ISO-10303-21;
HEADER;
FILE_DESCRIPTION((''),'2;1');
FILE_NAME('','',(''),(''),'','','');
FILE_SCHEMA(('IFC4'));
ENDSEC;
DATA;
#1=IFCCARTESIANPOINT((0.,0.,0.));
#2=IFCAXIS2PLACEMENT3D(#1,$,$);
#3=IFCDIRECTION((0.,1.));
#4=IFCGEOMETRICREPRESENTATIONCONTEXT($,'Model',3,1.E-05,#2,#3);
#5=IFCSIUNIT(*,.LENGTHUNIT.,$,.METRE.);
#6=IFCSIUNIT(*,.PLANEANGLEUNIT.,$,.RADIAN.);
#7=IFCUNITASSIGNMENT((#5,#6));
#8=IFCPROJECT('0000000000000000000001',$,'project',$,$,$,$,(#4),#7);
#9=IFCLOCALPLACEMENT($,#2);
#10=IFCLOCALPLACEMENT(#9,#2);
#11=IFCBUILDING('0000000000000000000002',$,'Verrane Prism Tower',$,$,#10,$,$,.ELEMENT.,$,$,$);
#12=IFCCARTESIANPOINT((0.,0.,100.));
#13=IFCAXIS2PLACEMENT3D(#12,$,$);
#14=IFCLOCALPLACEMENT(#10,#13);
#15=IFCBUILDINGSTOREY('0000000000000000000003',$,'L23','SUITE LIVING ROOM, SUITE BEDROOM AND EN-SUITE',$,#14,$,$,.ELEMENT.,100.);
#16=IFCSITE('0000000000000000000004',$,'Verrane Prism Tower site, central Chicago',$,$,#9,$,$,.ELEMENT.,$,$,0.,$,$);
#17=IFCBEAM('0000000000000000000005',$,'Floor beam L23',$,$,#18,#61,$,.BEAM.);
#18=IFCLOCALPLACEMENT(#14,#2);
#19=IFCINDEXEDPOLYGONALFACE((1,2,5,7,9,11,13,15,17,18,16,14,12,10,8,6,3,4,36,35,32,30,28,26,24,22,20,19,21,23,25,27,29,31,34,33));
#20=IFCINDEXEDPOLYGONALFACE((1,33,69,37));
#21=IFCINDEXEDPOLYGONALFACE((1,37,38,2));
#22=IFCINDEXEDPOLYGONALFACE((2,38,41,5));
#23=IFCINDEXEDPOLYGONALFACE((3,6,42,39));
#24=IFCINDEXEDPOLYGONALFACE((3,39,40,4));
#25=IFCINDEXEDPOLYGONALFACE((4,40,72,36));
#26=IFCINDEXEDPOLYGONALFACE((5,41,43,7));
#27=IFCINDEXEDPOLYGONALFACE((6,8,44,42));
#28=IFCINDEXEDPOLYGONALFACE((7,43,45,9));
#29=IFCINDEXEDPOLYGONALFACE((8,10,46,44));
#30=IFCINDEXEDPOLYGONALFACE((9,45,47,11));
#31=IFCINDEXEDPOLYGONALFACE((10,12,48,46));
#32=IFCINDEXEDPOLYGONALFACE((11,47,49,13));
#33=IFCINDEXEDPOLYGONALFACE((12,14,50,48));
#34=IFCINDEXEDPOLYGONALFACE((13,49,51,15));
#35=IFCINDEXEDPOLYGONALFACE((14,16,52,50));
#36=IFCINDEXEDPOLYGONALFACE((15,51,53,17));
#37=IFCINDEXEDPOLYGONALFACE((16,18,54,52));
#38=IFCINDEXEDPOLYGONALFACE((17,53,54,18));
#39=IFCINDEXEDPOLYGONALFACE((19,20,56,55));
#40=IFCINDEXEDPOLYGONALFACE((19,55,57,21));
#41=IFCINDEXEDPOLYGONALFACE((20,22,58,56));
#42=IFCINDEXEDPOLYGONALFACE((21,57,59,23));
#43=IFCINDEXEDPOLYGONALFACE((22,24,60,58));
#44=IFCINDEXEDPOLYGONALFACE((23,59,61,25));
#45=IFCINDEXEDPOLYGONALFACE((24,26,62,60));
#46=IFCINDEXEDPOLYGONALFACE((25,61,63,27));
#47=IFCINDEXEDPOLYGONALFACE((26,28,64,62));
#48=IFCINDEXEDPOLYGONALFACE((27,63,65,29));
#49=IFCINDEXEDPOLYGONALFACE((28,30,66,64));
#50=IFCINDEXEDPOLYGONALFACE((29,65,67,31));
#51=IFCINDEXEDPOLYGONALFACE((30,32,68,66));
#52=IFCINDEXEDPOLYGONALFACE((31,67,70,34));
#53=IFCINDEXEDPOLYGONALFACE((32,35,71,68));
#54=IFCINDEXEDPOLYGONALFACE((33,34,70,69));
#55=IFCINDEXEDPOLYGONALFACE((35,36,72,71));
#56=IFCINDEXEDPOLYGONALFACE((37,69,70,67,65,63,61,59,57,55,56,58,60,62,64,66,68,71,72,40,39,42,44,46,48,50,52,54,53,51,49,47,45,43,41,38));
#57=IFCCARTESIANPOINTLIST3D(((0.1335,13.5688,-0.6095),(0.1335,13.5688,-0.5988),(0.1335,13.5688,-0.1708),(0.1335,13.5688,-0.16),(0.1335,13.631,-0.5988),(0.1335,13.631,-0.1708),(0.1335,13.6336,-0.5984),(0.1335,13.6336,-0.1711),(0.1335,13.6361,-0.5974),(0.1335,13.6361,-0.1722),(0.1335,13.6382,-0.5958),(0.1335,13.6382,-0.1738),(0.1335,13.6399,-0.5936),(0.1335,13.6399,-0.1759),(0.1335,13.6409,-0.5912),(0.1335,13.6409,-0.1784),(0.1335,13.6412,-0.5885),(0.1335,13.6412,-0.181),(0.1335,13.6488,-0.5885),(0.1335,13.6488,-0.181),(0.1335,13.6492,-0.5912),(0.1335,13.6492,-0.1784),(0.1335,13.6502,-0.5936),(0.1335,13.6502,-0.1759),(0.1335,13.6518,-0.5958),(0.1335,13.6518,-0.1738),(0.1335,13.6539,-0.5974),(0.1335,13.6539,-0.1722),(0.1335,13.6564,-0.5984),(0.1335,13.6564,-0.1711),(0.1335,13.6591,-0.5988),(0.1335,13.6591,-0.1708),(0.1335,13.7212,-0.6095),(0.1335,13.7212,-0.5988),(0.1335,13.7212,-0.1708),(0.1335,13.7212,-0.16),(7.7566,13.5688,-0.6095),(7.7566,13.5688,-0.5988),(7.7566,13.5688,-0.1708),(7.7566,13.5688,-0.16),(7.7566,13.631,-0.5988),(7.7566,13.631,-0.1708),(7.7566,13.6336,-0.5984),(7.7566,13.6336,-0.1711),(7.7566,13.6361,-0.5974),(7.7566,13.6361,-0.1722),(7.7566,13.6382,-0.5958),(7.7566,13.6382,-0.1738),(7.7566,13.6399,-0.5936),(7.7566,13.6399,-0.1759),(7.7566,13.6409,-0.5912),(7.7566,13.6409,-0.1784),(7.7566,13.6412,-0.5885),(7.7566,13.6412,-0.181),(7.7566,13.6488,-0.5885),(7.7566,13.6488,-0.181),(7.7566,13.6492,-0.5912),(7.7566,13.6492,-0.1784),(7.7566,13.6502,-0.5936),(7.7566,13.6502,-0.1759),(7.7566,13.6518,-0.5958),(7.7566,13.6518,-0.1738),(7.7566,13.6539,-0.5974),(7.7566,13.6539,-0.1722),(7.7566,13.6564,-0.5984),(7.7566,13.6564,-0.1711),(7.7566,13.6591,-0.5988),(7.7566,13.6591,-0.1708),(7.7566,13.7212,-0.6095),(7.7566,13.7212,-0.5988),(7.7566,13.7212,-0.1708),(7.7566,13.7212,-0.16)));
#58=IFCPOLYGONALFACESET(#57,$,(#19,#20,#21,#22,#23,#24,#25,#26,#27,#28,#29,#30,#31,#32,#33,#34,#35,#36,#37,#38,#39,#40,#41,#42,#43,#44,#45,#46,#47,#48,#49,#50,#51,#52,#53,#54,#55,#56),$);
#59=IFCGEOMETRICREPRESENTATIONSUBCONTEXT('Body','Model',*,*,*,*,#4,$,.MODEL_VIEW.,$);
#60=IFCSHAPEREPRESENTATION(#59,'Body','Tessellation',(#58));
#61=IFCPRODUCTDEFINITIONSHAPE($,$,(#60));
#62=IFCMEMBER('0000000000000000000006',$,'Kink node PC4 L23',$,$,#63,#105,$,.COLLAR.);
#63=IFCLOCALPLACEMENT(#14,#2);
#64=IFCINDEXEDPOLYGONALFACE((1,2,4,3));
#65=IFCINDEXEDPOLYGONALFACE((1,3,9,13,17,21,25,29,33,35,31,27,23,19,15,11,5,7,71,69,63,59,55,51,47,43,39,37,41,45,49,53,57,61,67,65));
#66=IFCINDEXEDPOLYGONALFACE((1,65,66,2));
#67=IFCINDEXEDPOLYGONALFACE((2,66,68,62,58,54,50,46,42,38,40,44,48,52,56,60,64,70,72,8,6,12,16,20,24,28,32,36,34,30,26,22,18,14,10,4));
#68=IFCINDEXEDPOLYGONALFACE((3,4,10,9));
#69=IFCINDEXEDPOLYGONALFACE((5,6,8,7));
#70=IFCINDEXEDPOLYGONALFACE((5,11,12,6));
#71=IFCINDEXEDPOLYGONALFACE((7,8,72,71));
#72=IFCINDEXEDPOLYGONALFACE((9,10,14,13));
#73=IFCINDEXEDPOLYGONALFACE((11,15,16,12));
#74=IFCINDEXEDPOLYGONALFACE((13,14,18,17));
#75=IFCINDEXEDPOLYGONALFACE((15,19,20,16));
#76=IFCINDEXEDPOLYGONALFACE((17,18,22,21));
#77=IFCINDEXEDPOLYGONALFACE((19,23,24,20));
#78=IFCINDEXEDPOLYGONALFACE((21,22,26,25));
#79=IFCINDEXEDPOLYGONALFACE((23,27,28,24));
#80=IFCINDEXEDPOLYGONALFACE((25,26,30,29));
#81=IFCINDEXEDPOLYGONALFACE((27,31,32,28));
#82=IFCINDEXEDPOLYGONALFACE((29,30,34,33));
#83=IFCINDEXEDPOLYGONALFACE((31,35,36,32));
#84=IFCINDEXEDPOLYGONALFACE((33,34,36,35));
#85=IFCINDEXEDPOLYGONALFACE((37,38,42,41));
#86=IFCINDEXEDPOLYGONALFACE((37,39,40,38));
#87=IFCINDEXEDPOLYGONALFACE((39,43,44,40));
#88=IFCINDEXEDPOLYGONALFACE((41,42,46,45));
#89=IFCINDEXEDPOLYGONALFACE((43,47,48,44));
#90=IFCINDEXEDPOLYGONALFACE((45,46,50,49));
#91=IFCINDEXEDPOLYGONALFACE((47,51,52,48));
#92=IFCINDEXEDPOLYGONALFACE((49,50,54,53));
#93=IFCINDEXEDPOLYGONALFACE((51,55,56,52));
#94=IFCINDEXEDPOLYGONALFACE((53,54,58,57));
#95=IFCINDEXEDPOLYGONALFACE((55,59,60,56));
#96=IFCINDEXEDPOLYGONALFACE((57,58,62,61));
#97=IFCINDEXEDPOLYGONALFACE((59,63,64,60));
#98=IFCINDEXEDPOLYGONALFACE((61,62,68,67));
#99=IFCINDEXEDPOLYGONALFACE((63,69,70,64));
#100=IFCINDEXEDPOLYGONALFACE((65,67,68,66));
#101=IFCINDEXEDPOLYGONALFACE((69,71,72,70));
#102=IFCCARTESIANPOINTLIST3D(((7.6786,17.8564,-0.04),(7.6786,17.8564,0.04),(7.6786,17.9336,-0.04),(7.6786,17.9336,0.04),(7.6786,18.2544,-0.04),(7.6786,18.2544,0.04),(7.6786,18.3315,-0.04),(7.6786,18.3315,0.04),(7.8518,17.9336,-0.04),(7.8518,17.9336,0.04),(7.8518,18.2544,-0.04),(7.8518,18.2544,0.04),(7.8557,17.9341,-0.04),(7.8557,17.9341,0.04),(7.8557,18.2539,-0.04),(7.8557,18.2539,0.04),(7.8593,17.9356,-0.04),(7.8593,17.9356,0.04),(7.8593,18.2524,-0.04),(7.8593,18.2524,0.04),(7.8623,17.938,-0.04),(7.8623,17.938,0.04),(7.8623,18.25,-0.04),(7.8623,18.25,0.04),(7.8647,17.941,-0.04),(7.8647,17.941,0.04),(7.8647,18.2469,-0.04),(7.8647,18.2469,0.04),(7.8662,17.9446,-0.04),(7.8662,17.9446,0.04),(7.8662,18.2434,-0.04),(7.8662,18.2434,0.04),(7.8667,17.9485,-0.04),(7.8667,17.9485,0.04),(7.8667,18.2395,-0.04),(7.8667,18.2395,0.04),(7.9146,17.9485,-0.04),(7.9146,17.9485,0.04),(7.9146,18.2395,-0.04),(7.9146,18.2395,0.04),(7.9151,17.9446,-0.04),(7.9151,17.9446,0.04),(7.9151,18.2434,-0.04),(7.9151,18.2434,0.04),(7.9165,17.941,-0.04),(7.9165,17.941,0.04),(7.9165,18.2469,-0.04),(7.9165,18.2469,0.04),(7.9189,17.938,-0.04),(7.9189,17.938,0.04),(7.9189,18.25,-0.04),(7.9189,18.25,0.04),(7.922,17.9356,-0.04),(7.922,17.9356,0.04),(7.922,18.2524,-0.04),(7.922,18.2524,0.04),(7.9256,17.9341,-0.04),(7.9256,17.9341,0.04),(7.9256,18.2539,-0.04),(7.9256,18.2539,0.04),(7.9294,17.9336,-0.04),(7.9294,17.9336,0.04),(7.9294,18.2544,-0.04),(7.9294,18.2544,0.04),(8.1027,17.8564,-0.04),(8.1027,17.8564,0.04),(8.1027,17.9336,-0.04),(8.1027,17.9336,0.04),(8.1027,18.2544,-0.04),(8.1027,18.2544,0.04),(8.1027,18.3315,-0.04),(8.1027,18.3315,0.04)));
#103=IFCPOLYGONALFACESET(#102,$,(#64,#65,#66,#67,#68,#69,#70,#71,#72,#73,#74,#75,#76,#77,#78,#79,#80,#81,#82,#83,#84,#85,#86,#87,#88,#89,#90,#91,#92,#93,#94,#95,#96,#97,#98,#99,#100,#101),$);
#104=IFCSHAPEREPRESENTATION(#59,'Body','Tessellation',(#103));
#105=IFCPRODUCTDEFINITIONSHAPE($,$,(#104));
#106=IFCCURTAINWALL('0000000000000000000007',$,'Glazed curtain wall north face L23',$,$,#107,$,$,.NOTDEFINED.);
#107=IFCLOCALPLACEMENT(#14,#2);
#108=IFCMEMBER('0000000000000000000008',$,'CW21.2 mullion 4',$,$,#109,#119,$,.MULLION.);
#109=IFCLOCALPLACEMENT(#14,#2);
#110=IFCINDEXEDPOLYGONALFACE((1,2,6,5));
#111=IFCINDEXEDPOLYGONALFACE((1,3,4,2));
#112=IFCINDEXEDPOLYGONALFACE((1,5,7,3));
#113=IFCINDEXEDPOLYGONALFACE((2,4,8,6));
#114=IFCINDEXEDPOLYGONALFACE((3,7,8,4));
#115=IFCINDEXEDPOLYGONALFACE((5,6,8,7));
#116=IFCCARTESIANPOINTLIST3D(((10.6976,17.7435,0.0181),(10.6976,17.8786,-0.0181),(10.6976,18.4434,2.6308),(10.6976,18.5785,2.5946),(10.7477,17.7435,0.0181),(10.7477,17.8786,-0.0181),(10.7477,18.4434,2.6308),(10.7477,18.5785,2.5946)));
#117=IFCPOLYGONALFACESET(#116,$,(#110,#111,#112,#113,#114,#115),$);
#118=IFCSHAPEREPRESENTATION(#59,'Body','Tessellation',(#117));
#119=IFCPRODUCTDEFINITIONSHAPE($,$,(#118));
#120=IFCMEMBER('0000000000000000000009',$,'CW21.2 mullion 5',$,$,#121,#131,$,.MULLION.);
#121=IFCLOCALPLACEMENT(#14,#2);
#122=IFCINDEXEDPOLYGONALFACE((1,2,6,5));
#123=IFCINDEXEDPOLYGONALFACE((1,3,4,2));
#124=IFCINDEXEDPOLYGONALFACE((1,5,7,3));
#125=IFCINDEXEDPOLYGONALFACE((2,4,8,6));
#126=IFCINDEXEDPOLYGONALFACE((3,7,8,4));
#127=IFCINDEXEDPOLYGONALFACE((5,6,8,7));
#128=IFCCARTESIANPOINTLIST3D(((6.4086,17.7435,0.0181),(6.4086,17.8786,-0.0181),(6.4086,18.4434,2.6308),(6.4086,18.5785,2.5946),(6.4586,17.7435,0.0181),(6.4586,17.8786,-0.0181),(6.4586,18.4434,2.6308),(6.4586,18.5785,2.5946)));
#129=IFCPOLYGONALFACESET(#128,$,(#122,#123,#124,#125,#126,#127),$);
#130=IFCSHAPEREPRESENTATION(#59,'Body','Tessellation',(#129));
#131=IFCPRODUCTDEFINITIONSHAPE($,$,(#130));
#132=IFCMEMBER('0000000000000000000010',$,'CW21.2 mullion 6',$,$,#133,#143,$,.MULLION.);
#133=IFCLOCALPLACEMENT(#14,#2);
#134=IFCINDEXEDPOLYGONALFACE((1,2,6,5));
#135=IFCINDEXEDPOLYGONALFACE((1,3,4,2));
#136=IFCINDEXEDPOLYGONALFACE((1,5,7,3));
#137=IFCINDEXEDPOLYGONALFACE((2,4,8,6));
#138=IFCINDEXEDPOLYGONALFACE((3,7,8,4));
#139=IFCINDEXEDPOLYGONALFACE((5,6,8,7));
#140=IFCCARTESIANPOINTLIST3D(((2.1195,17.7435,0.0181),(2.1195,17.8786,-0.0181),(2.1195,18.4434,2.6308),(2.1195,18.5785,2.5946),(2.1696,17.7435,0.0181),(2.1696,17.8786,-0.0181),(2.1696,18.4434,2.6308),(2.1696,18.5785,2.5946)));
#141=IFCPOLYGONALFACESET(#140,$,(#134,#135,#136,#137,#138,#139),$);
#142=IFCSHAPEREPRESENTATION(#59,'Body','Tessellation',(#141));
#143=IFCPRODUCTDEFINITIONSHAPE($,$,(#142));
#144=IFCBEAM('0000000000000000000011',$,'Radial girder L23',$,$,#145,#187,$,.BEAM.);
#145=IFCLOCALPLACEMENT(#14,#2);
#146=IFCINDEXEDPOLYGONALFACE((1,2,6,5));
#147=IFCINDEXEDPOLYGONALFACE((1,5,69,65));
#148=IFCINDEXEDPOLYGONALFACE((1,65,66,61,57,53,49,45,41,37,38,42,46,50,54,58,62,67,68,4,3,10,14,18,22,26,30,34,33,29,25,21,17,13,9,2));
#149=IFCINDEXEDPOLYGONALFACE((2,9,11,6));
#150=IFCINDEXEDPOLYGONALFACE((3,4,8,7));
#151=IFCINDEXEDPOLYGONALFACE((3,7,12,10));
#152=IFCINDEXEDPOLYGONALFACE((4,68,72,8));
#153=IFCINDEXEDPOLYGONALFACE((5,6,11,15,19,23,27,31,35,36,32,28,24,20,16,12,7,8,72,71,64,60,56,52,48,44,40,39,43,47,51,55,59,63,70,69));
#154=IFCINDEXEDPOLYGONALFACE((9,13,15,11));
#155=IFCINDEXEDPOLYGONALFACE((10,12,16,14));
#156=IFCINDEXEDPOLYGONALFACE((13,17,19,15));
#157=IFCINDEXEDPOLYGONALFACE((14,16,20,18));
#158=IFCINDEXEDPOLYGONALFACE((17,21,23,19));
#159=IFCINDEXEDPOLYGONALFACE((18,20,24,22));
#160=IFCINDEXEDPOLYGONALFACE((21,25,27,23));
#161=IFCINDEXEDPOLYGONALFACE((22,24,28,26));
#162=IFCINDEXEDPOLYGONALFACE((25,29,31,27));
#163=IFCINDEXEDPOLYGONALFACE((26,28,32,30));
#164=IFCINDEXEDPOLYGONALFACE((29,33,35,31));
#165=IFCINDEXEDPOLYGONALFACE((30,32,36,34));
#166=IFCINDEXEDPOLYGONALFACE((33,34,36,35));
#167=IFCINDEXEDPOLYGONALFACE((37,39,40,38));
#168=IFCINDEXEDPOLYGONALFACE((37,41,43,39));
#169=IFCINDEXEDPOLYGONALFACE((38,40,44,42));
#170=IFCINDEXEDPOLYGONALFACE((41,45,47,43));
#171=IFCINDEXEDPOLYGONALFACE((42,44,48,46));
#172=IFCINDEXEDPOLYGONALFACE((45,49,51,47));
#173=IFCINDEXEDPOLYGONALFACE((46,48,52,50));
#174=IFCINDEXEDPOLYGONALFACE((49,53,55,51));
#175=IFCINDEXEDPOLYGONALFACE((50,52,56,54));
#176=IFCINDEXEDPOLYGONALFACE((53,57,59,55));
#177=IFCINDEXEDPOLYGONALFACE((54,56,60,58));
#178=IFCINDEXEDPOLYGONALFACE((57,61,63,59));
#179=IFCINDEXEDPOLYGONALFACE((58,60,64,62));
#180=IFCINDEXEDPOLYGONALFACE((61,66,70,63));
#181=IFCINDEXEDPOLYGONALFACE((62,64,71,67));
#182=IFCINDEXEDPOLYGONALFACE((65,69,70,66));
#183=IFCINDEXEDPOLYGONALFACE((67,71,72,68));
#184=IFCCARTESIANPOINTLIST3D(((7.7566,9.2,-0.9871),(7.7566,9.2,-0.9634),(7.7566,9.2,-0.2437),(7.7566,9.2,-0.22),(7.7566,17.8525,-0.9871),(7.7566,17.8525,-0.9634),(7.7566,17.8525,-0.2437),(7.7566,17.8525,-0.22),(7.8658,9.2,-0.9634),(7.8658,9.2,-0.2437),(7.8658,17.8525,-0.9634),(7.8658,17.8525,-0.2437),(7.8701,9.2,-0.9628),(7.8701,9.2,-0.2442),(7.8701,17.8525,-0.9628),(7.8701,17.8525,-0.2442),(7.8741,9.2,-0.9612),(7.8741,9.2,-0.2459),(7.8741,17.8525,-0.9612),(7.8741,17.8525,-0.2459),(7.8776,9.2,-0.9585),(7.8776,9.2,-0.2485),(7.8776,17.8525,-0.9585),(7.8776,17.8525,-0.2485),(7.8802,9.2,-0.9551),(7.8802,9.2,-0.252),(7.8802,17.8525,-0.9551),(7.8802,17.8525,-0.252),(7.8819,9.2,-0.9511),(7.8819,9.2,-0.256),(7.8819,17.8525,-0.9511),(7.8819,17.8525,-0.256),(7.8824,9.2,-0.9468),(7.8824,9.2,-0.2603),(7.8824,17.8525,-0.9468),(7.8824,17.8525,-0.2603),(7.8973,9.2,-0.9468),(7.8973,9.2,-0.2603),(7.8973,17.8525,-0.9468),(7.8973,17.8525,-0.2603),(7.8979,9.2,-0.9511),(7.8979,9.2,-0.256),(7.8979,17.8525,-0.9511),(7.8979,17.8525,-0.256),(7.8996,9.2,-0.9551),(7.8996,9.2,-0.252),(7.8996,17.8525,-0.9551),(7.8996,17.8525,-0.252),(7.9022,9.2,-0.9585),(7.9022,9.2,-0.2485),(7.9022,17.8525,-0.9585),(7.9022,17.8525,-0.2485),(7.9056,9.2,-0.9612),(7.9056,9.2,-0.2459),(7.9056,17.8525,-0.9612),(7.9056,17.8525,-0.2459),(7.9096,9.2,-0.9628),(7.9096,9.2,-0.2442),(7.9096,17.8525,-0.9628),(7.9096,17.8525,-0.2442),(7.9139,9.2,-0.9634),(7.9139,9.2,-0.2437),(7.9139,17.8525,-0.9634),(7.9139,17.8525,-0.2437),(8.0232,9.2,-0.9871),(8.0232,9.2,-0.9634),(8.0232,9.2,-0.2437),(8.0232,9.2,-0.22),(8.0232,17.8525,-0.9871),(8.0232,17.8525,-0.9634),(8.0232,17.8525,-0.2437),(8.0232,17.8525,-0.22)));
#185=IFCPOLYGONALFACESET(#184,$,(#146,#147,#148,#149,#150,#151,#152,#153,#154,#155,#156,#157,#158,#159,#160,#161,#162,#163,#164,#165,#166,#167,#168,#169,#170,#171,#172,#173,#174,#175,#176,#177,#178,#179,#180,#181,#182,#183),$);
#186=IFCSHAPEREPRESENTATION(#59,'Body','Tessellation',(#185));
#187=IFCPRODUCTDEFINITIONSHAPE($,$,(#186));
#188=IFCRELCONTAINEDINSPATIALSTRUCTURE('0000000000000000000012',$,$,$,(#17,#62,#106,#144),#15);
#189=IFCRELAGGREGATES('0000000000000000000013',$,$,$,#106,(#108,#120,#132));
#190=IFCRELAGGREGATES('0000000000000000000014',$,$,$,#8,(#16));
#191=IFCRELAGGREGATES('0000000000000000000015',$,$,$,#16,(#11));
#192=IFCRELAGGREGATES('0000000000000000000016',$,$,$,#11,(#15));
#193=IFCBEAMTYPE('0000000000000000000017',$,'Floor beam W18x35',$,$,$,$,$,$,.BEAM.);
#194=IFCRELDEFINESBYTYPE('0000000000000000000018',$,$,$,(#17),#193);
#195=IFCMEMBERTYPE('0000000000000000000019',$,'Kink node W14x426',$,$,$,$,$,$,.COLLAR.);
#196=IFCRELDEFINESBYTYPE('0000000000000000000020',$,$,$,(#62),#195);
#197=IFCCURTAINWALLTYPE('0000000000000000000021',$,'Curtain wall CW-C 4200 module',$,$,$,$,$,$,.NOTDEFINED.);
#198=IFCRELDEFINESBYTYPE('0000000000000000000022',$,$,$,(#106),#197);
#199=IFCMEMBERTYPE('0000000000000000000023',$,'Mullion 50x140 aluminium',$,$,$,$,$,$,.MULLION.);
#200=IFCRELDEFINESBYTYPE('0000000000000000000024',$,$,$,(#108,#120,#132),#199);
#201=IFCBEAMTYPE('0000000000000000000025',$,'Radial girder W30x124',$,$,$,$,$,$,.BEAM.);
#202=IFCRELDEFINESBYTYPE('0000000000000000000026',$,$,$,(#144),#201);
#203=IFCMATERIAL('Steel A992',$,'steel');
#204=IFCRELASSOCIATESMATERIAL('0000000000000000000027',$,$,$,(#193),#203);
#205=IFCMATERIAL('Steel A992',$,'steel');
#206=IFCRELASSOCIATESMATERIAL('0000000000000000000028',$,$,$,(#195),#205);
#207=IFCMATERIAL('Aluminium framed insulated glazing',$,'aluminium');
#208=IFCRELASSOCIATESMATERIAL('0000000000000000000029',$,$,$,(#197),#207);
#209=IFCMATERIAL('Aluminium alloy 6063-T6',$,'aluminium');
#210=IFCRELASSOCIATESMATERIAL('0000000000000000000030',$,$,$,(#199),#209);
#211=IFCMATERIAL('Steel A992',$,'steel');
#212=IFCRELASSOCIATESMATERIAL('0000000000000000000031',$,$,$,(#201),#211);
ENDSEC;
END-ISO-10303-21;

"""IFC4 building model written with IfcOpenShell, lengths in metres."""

from ifc_helpers import new_model, si_unit, direction, frame, origin, origin_2d, place, context, subcontext, project, spatial, rectangle, i_section, extrude, material, material_profile, profile_set, type_object, element, aggregate, save


model = new_model("IFC4")

# Units and contexts
model_context = context("Model", 3, precision=1e-05, world=origin(), true_north=direction((0.0, 1.0)))
body_context = subcontext(model_context, "Body", "Model", "MODEL_VIEW")
ifc_project = project(units=[si_unit("LENGTHUNIT", "METRE"), si_unit("PLANEANGLEUNIT", "RADIAN")], contexts=[model_context])

# Site, building, storey
site_placement = place(None, origin())
site = spatial("IfcSite", under=ifc_project, at=site_placement, Name="Verrane Prism Tower site, central Chicago", CompositionType="ELEMENT", RefElevation=0.0)
building_placement = place(site_placement, origin())
building = spatial("IfcBuilding", under=site, at=building_placement, Name="Verrane Prism Tower", CompositionType="ELEMENT")
storey_placement = place(building_placement, frame((0.0, 0.0, 100.0)))
storey = spatial("IfcBuildingStorey", under=building, at=storey_placement, Name="L23", Description="SUITE LIVING ROOM, SUITE BEDROOM AND EN-SUITE", CompositionType="ELEMENT", Elevation=100.0)

# Beam
ifc_material_1 = material(Name="Steel A992", Category="steel")
ifc_material_profile_1 = material_profile(ifc_material_1, i_section(OverallWidth=0.1523, OverallDepth=0.4495, WebThickness=0.0076, FlangeThickness=0.0107, FilletRadius=0.0103, at=origin_2d()), Name="W18x35")
ifc_profile_set_1 = profile_set([ifc_material_profile_1], Name="Steel A992")
beam_type_1 = type_object("IfcBeamType", Name="Floor beam W18x35", PredefinedType="BEAM", material=ifc_profile_set_1)
for number, where, z_axis, x_axis, name in (
    (1, (0.1335, 13.645, -0.3848), (1.0, 0.0, 0.0), (0.0, 1.0, 0.0), "Floor beam L23"),
):
    element("IfcBeam", number, at=place(storey_placement, frame(where, z_axis=z_axis, x_axis=x_axis)), inside=storey, type_object=beam_type_1, Name=name, PredefinedType="BEAM", context=body_context, shape_type="SweptSolid", body=[
        extrude(i_section(OverallWidth=0.1523, OverallDepth=0.4495, WebThickness=0.0076, FlangeThickness=0.0107, FilletRadius=0.0103, at=origin_2d()), origin(), (0.0, 0.0, 1.0), 7.623),
    ])

# Member
ifc_material_2 = material(Name="Steel A992", Category="steel")
ifc_material_profile_2 = material_profile(ifc_material_2, i_section(OverallWidth=0.4241, OverallDepth=0.4751, WebThickness=0.0479, FlangeThickness=0.0771, FilletRadius=0.0149, at=origin_2d()), Name="W14x426")
ifc_profile_set_2 = profile_set([ifc_material_profile_2], Name="Steel A992")
member_type_1 = type_object("IfcMemberType", Name="Kink node W14x426", PredefinedType="COLLAR", material=ifc_profile_set_2)
member_1_placement = place(storey_placement, frame((7.8906, 18.094, -0.04), z_axis=(0.0, 0.0, 1.0), x_axis=(1.0, 0.0, 0.0)))
element("IfcMember", 2, at=member_1_placement, inside=storey, type_object=member_type_1, Name="Kink node PC4 L23", PredefinedType="COLLAR", context=body_context, shape_type="SweptSolid", body=[
    extrude(i_section(OverallWidth=0.4241, OverallDepth=0.4751, WebThickness=0.0479, FlangeThickness=0.0771, FilletRadius=0.0149, at=origin_2d()), origin(), (0.0, 0.0, 1.0), 0.0801),
])

# Curtain wall, members
ifc_material_3 = material(Name="Aluminium framed insulated glazing", Category="aluminium")
curtain_wall_type = type_object("IfcCurtainWallType", Name="Curtain wall CW-C 4200 module", PredefinedType="NOTDEFINED", material=ifc_material_3)
curtain_wall_placement = place(storey_placement, origin())
curtain_wall = element("IfcCurtainWall", 3, at=curtain_wall_placement, inside=storey, type_object=curtain_wall_type, Name="Glazed curtain wall north face L23", PredefinedType="NOTDEFINED")
ifc_material_4 = material(Name="Aluminium alloy 6063-T6", Category="aluminium")
ifc_material_profile_3 = material_profile(ifc_material_4, rectangle(XDim=0.1399, YDim=0.05, at=origin_2d()), Name="Mullion 50x140 aluminium")
ifc_profile_set_3 = profile_set([ifc_material_profile_3], Name="Aluminium alloy 6063-T6")
member_type_2 = type_object("IfcMemberType", Name="Mullion 50x140 aluminium", PredefinedType="MULLION", material=ifc_profile_set_3)
member_2_placement = place(storey_placement, frame((10.7227, 17.811, 0.0), z_axis=(0.0, 0.258769, 0.965939), x_axis=(0.0, 0.965939, -0.258769)))
member_2 = element("IfcMember", 4, at=member_2_placement, type_object=member_type_2, Name="CW21.2 mullion 4", PredefinedType="MULLION", context=body_context, shape_type="SweptSolid", body=[
    extrude(rectangle(XDim=0.1399, YDim=0.05, at=origin_2d()), origin(), (0.0, 0.0, 1.0), 2.7048),
])
member_3_placement = place(storey_placement, frame((6.4336, 17.811, 0.0), z_axis=(0.0, 0.258769, 0.965939), x_axis=(0.0, 0.965939, -0.258769)))
member_3 = element("IfcMember", 5, at=member_3_placement, type_object=member_type_2, Name="CW21.2 mullion 5", PredefinedType="MULLION", context=body_context, shape_type="SweptSolid", body=[
    extrude(rectangle(XDim=0.1399, YDim=0.05, at=origin_2d()), origin(), (0.0, 0.0, 1.0), 2.7048),
])
member_4_placement = place(storey_placement, frame((2.1445, 17.811, 0.0), z_axis=(0.0, 0.258769, 0.965939), x_axis=(0.0, 0.965939, -0.258769)))
member_4 = element("IfcMember", 6, at=member_4_placement, type_object=member_type_2, Name="CW21.2 mullion 6", PredefinedType="MULLION", context=body_context, shape_type="SweptSolid", body=[
    extrude(rectangle(XDim=0.1399, YDim=0.05, at=origin_2d()), origin(), (0.0, 0.0, 1.0), 2.7048),
])

# Beam
ifc_material_5 = material(Name="Steel A992", Category="steel")
ifc_material_profile_4 = material_profile(ifc_material_5, i_section(OverallWidth=0.2666, OverallDepth=0.7671, WebThickness=0.0149, FlangeThickness=0.0237, FilletRadius=0.0166, at=origin_2d()), Name="W30x124")
ifc_profile_set_4 = profile_set([ifc_material_profile_4], Name="Steel A992")
beam_type_2 = type_object("IfcBeamType", Name="Radial girder W30x124", PredefinedType="BEAM", material=ifc_profile_set_4)
beam_1_placement = place(storey_placement, frame((7.8899, 17.8525, -0.6035), z_axis=(0.0, -1.0, 0.0), x_axis=(1.0, 0.0, 0.0)))
element("IfcBeam", 7, at=beam_1_placement, inside=storey, type_object=beam_type_2, Name="Radial girder L23", PredefinedType="BEAM", context=body_context, shape_type="SweptSolid", body=[
    extrude(i_section(OverallWidth=0.2666, OverallDepth=0.7671, WebThickness=0.0149, FlangeThickness=0.0237, FilletRadius=0.0166, at=origin_2d()), origin(), (0.0, 0.0, 1.0), 8.6526),
])

aggregate(curtain_wall, [member_2, member_3, member_4])

save(model, "model.ifc")
